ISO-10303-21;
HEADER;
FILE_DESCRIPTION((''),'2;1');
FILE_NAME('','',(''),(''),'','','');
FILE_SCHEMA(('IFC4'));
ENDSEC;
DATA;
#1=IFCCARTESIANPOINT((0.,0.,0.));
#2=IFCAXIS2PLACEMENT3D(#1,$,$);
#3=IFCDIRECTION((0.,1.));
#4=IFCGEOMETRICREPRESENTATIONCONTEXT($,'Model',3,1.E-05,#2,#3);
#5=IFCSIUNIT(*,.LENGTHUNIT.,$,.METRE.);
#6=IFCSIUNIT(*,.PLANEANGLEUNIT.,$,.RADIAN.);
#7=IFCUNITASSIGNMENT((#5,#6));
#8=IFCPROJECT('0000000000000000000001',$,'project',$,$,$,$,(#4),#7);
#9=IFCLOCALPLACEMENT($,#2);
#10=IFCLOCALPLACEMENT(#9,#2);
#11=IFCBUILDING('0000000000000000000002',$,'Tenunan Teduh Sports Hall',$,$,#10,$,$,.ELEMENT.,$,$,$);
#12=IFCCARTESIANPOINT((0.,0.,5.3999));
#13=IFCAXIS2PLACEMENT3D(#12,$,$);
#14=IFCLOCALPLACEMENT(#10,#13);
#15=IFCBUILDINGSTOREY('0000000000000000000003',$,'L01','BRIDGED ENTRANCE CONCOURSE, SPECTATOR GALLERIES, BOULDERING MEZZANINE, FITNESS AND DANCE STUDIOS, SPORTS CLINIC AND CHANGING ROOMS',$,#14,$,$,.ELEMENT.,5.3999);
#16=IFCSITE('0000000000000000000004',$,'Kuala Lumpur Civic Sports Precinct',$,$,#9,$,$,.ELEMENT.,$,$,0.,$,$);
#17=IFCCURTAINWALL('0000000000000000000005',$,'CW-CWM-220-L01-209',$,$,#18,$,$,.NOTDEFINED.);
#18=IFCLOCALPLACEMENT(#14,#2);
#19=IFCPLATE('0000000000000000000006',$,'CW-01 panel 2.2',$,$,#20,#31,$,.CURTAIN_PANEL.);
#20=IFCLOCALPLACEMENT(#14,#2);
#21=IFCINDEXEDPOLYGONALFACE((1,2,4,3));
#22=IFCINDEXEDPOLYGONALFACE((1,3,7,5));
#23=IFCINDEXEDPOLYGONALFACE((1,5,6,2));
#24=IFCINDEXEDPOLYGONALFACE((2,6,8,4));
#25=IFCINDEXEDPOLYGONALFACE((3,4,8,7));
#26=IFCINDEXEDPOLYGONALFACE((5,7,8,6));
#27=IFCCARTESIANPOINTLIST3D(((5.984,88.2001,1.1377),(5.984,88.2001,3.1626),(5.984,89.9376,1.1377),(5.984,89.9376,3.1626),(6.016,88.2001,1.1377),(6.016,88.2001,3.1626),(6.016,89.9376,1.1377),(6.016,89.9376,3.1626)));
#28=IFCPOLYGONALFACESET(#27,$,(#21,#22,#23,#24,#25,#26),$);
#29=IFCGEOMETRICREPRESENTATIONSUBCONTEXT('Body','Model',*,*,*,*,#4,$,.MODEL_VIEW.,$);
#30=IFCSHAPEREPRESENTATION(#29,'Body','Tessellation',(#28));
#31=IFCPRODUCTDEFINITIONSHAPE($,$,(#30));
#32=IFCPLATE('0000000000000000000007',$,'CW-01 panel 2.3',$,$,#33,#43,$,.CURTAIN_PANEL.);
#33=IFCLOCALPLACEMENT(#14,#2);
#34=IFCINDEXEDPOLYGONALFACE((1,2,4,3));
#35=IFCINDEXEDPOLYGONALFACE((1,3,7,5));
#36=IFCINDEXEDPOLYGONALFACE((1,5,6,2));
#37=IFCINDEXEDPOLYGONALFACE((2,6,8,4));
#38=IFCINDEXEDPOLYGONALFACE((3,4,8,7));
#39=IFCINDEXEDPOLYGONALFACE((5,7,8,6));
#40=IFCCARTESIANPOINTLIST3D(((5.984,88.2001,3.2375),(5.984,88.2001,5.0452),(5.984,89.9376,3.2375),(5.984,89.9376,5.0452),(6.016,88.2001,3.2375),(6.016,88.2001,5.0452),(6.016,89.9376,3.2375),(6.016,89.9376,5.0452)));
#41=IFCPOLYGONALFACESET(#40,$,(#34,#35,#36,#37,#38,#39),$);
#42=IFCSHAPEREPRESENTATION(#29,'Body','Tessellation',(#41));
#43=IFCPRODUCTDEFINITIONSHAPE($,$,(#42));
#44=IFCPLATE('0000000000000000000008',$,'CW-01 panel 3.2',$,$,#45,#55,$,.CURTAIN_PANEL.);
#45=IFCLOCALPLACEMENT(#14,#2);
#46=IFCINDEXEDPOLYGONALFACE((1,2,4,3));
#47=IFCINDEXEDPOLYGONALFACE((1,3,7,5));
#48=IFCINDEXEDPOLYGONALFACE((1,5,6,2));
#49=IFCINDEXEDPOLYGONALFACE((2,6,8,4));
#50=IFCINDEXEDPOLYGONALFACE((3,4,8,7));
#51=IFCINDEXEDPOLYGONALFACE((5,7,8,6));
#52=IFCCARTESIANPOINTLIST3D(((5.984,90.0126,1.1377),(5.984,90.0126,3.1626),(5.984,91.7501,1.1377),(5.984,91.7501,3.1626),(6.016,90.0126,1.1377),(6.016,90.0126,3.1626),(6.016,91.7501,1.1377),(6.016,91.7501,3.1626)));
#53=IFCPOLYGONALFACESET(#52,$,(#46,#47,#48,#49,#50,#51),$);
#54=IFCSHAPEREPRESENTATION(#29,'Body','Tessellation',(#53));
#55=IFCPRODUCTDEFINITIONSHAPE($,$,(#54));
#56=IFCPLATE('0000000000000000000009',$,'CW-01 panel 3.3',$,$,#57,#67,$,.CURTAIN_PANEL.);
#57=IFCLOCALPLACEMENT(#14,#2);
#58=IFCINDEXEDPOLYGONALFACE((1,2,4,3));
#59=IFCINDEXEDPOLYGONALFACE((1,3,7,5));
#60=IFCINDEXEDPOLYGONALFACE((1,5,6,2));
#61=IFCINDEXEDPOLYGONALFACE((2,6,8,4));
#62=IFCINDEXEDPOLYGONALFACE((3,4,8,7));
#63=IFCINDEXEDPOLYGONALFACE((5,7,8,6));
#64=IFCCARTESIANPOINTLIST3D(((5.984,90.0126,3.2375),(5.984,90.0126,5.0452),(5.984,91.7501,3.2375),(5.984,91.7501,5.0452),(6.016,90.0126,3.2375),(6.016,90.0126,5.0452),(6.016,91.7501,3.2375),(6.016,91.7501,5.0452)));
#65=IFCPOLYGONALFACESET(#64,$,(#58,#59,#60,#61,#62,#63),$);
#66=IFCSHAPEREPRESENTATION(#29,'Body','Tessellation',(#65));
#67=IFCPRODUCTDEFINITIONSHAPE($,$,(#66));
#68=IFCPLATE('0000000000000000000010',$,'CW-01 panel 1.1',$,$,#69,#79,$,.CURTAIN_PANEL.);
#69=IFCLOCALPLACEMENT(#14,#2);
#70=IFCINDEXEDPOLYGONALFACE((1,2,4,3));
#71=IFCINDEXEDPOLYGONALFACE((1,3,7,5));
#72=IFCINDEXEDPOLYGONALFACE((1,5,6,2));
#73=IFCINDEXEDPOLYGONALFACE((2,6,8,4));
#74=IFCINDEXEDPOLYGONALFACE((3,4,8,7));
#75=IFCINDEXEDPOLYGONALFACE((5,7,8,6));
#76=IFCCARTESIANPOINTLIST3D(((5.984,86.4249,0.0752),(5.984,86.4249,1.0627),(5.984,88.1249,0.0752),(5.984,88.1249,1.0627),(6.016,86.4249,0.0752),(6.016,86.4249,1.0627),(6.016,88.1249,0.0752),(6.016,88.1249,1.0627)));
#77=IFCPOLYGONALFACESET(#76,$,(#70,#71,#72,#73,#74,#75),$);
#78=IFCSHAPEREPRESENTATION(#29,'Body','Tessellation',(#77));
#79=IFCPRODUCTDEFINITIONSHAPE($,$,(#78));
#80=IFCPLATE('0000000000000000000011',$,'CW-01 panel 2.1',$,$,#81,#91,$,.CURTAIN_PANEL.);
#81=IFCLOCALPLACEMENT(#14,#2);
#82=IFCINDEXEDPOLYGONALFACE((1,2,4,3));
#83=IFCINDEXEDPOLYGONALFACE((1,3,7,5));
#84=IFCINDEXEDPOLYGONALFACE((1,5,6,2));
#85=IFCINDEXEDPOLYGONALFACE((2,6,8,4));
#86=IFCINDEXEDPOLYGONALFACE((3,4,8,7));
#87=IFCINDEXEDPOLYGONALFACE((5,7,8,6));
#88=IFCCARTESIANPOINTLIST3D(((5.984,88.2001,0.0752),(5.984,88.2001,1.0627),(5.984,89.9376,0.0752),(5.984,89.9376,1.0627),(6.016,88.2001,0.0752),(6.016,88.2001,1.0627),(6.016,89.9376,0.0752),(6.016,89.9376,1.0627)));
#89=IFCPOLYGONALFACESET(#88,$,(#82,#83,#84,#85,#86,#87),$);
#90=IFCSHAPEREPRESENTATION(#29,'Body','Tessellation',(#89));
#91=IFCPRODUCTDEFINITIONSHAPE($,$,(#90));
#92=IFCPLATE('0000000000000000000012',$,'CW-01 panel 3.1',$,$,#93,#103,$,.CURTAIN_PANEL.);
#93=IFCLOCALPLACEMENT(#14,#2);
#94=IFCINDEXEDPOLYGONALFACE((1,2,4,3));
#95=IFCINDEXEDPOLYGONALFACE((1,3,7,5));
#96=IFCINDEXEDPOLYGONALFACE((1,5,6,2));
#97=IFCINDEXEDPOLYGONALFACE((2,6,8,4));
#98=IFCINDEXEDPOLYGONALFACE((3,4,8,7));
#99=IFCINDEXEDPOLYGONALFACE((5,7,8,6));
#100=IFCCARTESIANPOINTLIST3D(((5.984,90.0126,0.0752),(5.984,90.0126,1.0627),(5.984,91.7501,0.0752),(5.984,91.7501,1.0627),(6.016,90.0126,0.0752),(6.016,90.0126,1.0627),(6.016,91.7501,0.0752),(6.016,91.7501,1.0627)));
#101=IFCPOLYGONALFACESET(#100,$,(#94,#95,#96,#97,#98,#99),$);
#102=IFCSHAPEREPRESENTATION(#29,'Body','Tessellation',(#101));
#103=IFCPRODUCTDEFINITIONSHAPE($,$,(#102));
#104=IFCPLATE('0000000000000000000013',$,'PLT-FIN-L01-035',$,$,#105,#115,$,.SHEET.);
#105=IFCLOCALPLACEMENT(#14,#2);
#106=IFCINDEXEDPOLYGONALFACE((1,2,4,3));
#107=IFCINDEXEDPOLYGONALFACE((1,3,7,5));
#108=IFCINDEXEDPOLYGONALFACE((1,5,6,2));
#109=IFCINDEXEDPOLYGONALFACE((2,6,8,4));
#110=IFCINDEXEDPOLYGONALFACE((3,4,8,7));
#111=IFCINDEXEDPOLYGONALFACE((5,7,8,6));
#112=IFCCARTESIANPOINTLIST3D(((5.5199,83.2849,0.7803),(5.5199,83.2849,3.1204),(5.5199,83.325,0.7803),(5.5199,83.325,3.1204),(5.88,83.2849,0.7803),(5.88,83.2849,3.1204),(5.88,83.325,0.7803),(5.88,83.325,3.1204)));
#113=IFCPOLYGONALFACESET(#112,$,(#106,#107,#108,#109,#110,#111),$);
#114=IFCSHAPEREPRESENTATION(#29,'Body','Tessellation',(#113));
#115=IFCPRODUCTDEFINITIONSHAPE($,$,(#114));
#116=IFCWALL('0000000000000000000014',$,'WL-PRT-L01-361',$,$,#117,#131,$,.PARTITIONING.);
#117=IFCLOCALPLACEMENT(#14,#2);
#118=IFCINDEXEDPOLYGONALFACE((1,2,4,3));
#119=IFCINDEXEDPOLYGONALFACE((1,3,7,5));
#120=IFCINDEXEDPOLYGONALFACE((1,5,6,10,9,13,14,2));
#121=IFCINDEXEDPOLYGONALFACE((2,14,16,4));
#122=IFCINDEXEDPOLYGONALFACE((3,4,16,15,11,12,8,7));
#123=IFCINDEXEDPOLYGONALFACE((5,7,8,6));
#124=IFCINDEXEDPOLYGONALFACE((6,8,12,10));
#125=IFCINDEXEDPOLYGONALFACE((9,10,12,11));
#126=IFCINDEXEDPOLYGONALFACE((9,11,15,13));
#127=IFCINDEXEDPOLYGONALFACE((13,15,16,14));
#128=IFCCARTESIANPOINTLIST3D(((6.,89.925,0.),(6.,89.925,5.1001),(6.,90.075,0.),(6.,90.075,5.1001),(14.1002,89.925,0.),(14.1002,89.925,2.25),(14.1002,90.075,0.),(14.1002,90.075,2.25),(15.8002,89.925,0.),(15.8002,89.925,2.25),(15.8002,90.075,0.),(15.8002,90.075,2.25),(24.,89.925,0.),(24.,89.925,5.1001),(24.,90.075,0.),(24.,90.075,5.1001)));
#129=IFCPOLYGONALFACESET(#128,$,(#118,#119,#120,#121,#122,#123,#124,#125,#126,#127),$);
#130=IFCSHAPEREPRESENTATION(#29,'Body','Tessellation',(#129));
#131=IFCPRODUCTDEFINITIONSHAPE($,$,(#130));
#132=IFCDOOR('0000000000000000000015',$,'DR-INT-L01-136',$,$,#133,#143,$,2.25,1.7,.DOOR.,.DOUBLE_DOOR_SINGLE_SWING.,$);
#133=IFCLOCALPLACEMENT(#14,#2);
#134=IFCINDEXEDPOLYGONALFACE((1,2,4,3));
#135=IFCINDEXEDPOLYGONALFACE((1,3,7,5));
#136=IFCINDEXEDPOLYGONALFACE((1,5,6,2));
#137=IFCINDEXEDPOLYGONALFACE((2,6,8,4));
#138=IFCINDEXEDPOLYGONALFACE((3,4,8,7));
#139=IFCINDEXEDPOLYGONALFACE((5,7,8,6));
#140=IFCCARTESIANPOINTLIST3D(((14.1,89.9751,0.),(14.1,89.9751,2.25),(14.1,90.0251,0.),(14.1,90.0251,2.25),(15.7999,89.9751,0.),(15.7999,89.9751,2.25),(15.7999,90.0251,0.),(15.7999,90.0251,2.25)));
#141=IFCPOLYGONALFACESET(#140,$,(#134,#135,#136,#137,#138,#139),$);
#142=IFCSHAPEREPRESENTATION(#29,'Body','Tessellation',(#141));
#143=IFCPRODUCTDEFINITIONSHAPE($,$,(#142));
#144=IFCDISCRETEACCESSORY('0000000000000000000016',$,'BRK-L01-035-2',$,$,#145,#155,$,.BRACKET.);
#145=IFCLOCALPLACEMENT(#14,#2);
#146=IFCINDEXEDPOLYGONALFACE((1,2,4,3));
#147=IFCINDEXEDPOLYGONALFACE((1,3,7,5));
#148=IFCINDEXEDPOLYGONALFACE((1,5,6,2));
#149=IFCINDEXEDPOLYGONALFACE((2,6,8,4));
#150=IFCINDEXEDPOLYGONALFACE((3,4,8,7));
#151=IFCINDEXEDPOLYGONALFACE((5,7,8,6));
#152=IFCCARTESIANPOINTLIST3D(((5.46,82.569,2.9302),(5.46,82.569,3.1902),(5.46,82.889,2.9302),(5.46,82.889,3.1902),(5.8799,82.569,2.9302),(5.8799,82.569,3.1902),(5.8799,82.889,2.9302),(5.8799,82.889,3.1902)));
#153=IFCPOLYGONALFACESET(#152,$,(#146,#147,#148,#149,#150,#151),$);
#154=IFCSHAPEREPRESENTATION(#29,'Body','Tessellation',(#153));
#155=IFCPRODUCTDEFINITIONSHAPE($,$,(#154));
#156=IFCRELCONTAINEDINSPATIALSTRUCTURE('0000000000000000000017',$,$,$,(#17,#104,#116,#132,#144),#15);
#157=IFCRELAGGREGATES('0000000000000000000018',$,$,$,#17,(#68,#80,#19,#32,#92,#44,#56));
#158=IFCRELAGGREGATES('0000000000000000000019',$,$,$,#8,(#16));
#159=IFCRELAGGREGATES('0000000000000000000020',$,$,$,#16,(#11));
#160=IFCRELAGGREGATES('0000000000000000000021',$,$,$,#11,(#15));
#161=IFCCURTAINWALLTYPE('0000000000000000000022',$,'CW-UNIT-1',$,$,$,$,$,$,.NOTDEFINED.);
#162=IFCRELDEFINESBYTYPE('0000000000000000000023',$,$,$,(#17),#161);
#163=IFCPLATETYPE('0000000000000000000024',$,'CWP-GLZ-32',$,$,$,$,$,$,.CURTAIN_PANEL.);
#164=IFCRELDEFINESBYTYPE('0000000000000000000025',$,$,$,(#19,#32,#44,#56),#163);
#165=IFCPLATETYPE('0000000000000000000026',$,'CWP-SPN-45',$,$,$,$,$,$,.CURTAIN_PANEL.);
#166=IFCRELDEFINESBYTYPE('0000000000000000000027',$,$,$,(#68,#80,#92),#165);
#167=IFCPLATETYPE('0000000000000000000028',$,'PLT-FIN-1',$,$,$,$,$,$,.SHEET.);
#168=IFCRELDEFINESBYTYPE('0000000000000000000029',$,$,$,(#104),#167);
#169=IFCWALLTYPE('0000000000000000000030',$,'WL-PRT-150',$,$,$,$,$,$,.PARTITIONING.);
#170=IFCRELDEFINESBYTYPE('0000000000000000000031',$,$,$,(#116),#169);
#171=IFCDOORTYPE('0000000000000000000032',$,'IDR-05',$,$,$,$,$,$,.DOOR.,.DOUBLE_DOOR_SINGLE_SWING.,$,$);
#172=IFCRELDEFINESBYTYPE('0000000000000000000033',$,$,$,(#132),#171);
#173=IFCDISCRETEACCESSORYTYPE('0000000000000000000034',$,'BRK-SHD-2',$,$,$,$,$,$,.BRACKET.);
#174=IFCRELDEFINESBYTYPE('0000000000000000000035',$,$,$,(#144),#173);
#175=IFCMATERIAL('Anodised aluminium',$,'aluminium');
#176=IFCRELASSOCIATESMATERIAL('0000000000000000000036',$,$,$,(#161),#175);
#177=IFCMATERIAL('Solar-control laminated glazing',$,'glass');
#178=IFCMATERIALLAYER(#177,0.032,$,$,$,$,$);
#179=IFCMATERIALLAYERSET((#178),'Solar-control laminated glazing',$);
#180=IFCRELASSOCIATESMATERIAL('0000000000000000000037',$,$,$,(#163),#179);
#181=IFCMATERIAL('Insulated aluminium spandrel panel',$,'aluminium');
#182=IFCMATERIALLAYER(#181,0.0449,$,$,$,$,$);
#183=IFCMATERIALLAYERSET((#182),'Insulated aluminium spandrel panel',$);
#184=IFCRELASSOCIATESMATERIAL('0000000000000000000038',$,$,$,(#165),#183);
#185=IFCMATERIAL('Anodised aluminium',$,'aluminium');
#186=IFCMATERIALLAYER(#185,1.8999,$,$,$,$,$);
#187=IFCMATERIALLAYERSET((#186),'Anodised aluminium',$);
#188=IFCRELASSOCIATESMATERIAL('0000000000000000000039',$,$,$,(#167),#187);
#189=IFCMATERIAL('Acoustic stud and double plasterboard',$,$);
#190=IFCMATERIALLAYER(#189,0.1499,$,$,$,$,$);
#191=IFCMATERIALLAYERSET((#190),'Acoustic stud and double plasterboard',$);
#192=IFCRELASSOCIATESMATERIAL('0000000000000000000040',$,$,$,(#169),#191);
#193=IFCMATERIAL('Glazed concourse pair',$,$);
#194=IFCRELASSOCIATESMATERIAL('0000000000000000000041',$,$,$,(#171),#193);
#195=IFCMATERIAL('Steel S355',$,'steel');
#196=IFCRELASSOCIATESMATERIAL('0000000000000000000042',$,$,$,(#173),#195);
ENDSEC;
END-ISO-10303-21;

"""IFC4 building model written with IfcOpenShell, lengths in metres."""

from ifc_helpers import new_model, si_unit, direction, frame, frame_2d, origin, origin_2d, place, context, subcontext, project, spatial, rectangle, extrude, material, layer, layer_set, type_object, element, fill, aggregate, save


model = new_model("IFC4")

# Units and contexts
model_context = context("Model", 3, precision=1e-05, world=origin(), true_north=direction((0.0, 1.0)))
body_context = subcontext(model_context, "Body", "Model", "MODEL_VIEW")
ifc_project = project(units=[si_unit("LENGTHUNIT", "METRE"), si_unit("PLANEANGLEUNIT", "RADIAN")], contexts=[model_context])

# Site, building, storey
site_placement = place(None, origin())
site = spatial("IfcSite", under=ifc_project, at=site_placement, Name="Kuala Lumpur Civic Sports Precinct", CompositionType="ELEMENT", RefElevation=0.0)
building_placement = place(site_placement, origin())
building = spatial("IfcBuilding", under=site, at=building_placement, Name="Tenunan Teduh Sports Hall", CompositionType="ELEMENT")
storey_placement = place(building_placement, frame((0.0, 0.0, 5.3999)))
storey = spatial("IfcBuildingStorey", under=building, at=storey_placement, Name="L01", Description="BRIDGED ENTRANCE CONCOURSE, SPECTATOR GALLERIES, BOULDERING MEZZANINE, FITNESS AND DANCE STUDIOS, SPORTS CLINIC AND CHANGING ROOMS", CompositionType="ELEMENT", Elevation=5.3999)

# Curtain wall
ifc_material_1 = material(Name="Anodised aluminium", Category="aluminium")
curtain_wall_type = type_object("IfcCurtainWallType", Name="CW-UNIT-1", PredefinedType="NOTDEFINED", material=ifc_material_1)
curtain_wall_placement = place(storey_placement, origin())
curtain_wall = element("IfcCurtainWall", 1, at=curtain_wall_placement, inside=storey, type_object=curtain_wall_type, Name="CW-CWM-220-L01-209", PredefinedType="NOTDEFINED")

# Plates
ifc_material_2 = material(Name="Solar-control laminated glazing", Category="glass")
ifc_layer_1 = layer(ifc_material_2, 0.032)
ifc_layer_set_1 = layer_set([ifc_layer_1], Name="Solar-control laminated glazing")
plate_type_1 = type_object("IfcPlateType", Name="CWP-GLZ-32", PredefinedType="CURTAIN_PANEL", material=ifc_layer_set_1)
plate_1_placement = place(storey_placement, frame((6.0, 89.0688, 1.1377), z_axis=(0.0, 0.0, 1.0), x_axis=(0.0, 1.0, 0.0)))
plate_1 = element("IfcPlate", 2, at=plate_1_placement, type_object=plate_type_1, Name="CW-01 panel 2.2", PredefinedType="CURTAIN_PANEL", context=body_context, shape_type="SweptSolid", body=[
    extrude(rectangle(XDim=1.7375, YDim=0.032, at=origin_2d()), origin(), (0.0, 0.0, 1.0), 2.0249),
])
plate_2_placement = place(storey_placement, frame((6.0, 89.0688, 3.2375), z_axis=(0.0, 0.0, 1.0), x_axis=(0.0, 1.0, 0.0)))
plate_2 = element("IfcPlate", 3, at=plate_2_placement, type_object=plate_type_1, Name="CW-01 panel 2.3", PredefinedType="CURTAIN_PANEL", context=body_context, shape_type="SweptSolid", body=[
    extrude(rectangle(XDim=1.7375, YDim=0.032, at=origin_2d()), origin(), (0.0, 0.0, 1.0), 1.8076),
])
plate_3_placement = place(storey_placement, frame((6.0, 90.8813, 1.1377), z_axis=(0.0, 0.0, 1.0), x_axis=(0.0, 1.0, 0.0)))
plate_3 = element("IfcPlate", 4, at=plate_3_placement, type_object=plate_type_1, Name="CW-01 panel 3.2", PredefinedType="CURTAIN_PANEL", context=body_context, shape_type="SweptSolid", body=[
    extrude(rectangle(XDim=1.7375, YDim=0.032, at=origin_2d()), origin(), (0.0, 0.0, 1.0), 2.0249),
])
plate_4_placement = place(storey_placement, frame((6.0, 90.8813, 3.2375), z_axis=(0.0, 0.0, 1.0), x_axis=(0.0, 1.0, 0.0)))
plate_4 = element("IfcPlate", 5, at=plate_4_placement, type_object=plate_type_1, Name="CW-01 panel 3.3", PredefinedType="CURTAIN_PANEL", context=body_context, shape_type="SweptSolid", body=[
    extrude(rectangle(XDim=1.7375, YDim=0.032, at=origin_2d()), origin(), (0.0, 0.0, 1.0), 1.8076),
])
ifc_material_3 = material(Name="Insulated aluminium spandrel panel", Category="aluminium")
ifc_layer_2 = layer(ifc_material_3, 0.0449)
ifc_layer_set_2 = layer_set([ifc_layer_2], Name="Insulated aluminium spandrel panel")
plate_type_2 = type_object("IfcPlateType", Name="CWP-SPN-45", PredefinedType="CURTAIN_PANEL", material=ifc_layer_set_2)
plate_5_placement = place(storey_placement, frame((6.0, 87.2749, 0.0752), z_axis=(0.0, 0.0, 1.0), x_axis=(0.0, 1.0, 0.0)))
plate_5 = element("IfcPlate", 6, at=plate_5_placement, type_object=plate_type_2, Name="CW-01 panel 1.1", PredefinedType="CURTAIN_PANEL", context=body_context, shape_type="SweptSolid", body=[
    extrude(rectangle(XDim=1.7, YDim=0.032, at=origin_2d()), origin(), (0.0, 0.0, 1.0), 0.9875),
])
plate_6_placement = place(storey_placement, frame((6.0, 89.0688, 0.0752), z_axis=(0.0, 0.0, 1.0), x_axis=(0.0, 1.0, 0.0)))
plate_6 = element("IfcPlate", 7, at=plate_6_placement, type_object=plate_type_2, Name="CW-01 panel 2.1", PredefinedType="CURTAIN_PANEL", context=body_context, shape_type="SweptSolid", body=[
    extrude(rectangle(XDim=1.7375, YDim=0.032, at=origin_2d()), origin(), (0.0, 0.0, 1.0), 0.9875),
])
plate_7_placement = place(storey_placement, frame((6.0, 90.8813, 0.0752), z_axis=(0.0, 0.0, 1.0), x_axis=(0.0, 1.0, 0.0)))
plate_7 = element("IfcPlate", 8, at=plate_7_placement, type_object=plate_type_2, Name="CW-01 panel 3.1", PredefinedType="CURTAIN_PANEL", context=body_context, shape_type="SweptSolid", body=[
    extrude(rectangle(XDim=1.7375, YDim=0.032, at=origin_2d()), origin(), (0.0, 0.0, 1.0), 0.9875),
])
aggregate(curtain_wall, [plate_5, plate_6, plate_1, plate_2, plate_7, plate_3, plate_4])
ifc_material_4 = material(Name="Anodised aluminium", Category="aluminium")
ifc_layer_3 = layer(ifc_material_4, 1.8999)
ifc_layer_set_3 = layer_set([ifc_layer_3], Name="Anodised aluminium")
plate_type_3 = type_object("IfcPlateType", Name="PLT-FIN-1", PredefinedType="SHEET", material=ifc_layer_set_3)
plate_8_placement = place(storey_placement, frame((5.7, 83.3049, 0.7803), z_axis=(0.0, 0.0, 1.0), x_axis=(0.0, 1.0, 0.0)))
element("IfcPlate", 9, at=plate_8_placement, inside=storey, type_object=plate_type_3, Name="PLT-FIN-L01-035", PredefinedType="SHEET", context=body_context, shape_type="SweptSolid", body=[
    extrude(rectangle(XDim=0.04, YDim=0.3601, at=origin_2d()), origin(), (0.0, 0.0, 1.0), 2.3401),
])

# Wall, opening, door
ifc_material_5 = material(Name="Acoustic stud and double plasterboard")
ifc_layer_4 = layer(ifc_material_5, 0.1499)
ifc_layer_set_4 = layer_set([ifc_layer_4], Name="Acoustic stud and double plasterboard")
wall_type = type_object("IfcWallType", Name="WL-PRT-150", PredefinedType="PARTITIONING", material=ifc_layer_set_4)
wall_placement = place(storey_placement, frame((6.0, 90.0, 0.0), z_axis=(0.0, 0.0, 1.0), x_axis=(1.0, 0.0, 0.0)))
wall = element("IfcWall", 10, at=wall_placement, inside=storey, type_object=wall_type, Name="WL-PRT-L01-361", PredefinedType="PARTITIONING", context=body_context, shape_type="SweptSolid", body=[
    extrude(rectangle(XDim=18.0, YDim=0.1499, at=frame_2d((9.0, 0.0))), origin(), (0.0, 0.0, 1.0), 5.1001),
])
opening_placement = place(wall_placement, frame((8.1001, 0.0, 0.0)))
opening = element("IfcOpeningElement", 11, at=opening_placement, cuts=wall, PredefinedType="OPENING", context=body_context, shape_type="SweptSolid", body=[
    extrude(rectangle(XDim=1.7, YDim=2.25, at=frame_2d((0.8501, 1.125))), frame((0.0, 0.085, 0.0), z_axis=(0.0, -1.0, 0.0), x_axis=(1.0, 0.0, 0.0)), (0.0, 0.0, 1.0), 0.1699),
])
ifc_material_6 = material(Name="Glazed concourse pair")
door_type = type_object("IfcDoorType", Name="IDR-05", OperationType="DOUBLE_DOOR_SINGLE_SWING", PredefinedType="DOOR", material=ifc_material_6)
door_placement = place(opening_placement, frame((1.7, 0.0, 0.0), z_axis=(0.0, 0.0, 1.0), x_axis=(-1.0, 0.0, 0.0)))
door = element("IfcDoor", 12, at=door_placement, inside=storey, type_object=door_type, Name="DR-INT-L01-136", OperationType="DOUBLE_DOOR_SINGLE_SWING", OverallHeight=2.25, OverallWidth=1.7, PredefinedType="DOOR", context=body_context, shape_type="SweptSolid", body=[
    extrude(rectangle(XDim=1.7, YDim=2.25, at=frame_2d((0.8501, 1.125))), frame((0.0, 0.0249, 0.0), z_axis=(0.0, -1.0, 0.0), x_axis=(1.0, 0.0, 0.0)), (0.0, 0.0, 1.0), 0.05),
])
fill(opening, door)

# Discrete accessory
ifc_material_7 = material(Name="Steel S355", Category="steel")
discrete_accessory_type = type_object("IfcDiscreteAccessoryType", Name="BRK-SHD-2", PredefinedType="BRACKET", material=ifc_material_7)
discrete_accessory_placement = place(storey_placement, frame((5.6699, 82.729, 2.9302), z_axis=(0.0, 0.0, 1.0), x_axis=(0.0, 1.0, 0.0)))
element("IfcDiscreteAccessory", 13, at=discrete_accessory_placement, inside=storey, type_object=discrete_accessory_type, Name="BRK-L01-035-2", PredefinedType="BRACKET", context=body_context, shape_type="SweptSolid", body=[
    extrude(rectangle(XDim=0.3201, YDim=0.4199, at=origin_2d()), origin(), (0.0, 0.0, 1.0), 0.26),
])

save(model, "model.ifc")
